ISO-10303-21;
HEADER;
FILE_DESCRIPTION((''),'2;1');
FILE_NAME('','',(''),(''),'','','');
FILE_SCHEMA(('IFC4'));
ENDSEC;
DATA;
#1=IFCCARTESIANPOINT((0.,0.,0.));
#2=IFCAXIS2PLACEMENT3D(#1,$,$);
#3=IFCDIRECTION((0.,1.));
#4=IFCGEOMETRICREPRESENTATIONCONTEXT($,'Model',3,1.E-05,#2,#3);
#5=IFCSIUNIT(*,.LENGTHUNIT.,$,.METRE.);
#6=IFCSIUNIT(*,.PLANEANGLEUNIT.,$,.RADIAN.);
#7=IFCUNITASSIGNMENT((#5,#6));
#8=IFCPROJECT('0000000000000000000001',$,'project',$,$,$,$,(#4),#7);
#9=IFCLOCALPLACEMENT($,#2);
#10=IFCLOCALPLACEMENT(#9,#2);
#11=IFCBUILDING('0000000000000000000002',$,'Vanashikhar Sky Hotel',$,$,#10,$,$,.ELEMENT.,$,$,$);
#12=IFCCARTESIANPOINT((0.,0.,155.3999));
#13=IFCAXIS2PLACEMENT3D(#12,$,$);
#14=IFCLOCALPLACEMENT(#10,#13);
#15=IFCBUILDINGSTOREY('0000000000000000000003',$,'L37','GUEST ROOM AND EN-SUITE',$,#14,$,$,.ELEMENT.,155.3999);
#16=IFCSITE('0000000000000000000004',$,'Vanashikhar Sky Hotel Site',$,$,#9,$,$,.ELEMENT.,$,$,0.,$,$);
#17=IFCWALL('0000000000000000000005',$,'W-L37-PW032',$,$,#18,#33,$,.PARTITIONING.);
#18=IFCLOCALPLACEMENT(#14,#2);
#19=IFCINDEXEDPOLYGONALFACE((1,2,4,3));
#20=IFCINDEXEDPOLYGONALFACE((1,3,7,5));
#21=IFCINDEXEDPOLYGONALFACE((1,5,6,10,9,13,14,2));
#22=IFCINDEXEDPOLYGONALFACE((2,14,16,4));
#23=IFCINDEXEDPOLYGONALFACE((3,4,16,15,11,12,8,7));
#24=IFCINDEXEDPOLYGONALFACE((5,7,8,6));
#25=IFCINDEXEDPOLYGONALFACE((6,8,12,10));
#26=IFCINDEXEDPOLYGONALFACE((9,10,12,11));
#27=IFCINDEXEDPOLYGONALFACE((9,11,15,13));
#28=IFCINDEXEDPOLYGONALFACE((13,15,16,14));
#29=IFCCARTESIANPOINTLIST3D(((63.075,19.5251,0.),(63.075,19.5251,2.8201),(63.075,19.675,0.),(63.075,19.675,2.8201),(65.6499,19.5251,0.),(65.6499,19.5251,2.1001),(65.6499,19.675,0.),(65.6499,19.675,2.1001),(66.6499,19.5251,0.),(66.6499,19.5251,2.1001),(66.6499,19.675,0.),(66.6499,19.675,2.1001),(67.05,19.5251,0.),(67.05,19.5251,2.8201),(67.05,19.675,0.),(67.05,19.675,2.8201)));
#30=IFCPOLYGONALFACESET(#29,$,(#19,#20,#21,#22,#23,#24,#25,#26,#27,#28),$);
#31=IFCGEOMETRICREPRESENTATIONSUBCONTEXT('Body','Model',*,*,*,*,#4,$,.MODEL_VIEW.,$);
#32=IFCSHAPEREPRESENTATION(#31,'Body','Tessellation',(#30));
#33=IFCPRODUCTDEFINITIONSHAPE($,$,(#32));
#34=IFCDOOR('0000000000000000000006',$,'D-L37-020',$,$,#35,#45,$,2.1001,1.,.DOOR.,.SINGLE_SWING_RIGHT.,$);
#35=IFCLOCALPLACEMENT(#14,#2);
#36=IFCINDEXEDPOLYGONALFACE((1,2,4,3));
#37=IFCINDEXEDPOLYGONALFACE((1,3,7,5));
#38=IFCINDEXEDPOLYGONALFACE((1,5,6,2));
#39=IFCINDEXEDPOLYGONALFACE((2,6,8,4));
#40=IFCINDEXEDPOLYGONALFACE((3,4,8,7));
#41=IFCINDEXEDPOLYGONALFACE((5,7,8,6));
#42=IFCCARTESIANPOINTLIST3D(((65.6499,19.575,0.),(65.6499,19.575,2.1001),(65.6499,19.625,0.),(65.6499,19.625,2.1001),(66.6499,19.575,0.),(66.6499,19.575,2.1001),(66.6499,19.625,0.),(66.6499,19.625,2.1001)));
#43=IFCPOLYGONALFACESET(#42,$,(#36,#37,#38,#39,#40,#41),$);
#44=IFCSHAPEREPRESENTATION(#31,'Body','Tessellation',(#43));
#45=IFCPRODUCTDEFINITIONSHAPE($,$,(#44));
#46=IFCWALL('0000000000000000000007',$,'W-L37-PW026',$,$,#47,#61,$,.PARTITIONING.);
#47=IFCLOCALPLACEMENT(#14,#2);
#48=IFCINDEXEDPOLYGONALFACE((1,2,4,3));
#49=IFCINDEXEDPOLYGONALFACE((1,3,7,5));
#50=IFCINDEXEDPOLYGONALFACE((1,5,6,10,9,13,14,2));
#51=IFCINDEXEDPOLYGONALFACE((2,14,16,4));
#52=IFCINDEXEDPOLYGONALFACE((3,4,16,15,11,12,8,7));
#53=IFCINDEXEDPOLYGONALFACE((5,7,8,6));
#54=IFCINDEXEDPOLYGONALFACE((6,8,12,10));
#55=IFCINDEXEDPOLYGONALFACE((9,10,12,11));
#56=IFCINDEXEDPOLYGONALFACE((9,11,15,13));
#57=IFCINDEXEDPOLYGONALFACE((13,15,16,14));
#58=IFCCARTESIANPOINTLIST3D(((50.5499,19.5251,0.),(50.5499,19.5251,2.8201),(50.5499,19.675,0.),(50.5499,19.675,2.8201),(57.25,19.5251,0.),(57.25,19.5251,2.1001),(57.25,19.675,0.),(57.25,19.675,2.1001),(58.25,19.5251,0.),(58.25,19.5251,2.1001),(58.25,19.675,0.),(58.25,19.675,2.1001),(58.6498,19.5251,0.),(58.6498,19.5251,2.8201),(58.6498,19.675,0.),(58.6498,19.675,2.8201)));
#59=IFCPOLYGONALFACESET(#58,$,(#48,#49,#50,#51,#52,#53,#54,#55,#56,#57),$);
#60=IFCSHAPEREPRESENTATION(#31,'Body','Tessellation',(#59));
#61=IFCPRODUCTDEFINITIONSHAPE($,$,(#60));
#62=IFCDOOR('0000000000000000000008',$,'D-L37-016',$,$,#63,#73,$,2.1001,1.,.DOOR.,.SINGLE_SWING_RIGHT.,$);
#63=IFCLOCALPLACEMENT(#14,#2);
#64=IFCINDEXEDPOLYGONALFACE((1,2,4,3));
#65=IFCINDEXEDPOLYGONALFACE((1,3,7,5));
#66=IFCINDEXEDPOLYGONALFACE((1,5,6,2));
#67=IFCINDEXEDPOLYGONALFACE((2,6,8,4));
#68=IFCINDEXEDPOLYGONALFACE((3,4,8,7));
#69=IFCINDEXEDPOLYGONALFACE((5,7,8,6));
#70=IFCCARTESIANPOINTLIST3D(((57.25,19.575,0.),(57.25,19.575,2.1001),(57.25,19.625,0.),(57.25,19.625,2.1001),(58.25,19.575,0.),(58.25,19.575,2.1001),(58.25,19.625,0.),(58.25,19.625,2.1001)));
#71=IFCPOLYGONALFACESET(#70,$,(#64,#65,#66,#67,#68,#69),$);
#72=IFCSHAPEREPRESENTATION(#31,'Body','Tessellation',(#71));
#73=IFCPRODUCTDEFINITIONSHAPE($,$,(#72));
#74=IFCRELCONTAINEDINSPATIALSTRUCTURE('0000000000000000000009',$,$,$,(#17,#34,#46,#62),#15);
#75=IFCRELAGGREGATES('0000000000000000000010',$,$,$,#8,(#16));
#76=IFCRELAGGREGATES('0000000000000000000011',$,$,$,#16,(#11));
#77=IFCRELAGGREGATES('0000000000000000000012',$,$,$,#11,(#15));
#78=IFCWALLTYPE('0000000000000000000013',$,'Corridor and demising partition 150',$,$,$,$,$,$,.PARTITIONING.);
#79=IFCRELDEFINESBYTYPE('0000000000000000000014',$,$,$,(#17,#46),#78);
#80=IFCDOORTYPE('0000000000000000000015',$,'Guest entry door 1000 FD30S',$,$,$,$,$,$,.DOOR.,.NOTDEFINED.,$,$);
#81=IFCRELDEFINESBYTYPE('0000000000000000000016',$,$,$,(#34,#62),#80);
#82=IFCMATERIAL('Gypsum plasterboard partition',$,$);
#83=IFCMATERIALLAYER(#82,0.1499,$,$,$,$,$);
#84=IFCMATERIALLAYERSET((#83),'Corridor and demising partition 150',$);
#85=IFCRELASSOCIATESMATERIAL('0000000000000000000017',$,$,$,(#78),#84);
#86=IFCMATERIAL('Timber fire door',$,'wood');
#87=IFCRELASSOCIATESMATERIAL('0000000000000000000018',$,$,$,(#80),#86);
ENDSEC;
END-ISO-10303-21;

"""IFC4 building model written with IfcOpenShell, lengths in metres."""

from ifc_helpers import new_model, si_unit, direction, frame, frame_2d, origin, place, context, subcontext, project, spatial, rectangle, extrude, source, transform, mapped, material, layer, layer_set, type_object, element, fill, save


model = new_model("IFC4")

# Units and contexts
model_context = context("Model", 3, precision=1e-05, world=origin(), true_north=direction((0.0, 1.0)))
body_context = subcontext(model_context, "Body", "Model", "MODEL_VIEW")
ifc_project = project(units=[si_unit("LENGTHUNIT", "METRE"), si_unit("PLANEANGLEUNIT", "RADIAN")], contexts=[model_context])

# Site, building, storey
site_placement = place(None, origin())
site = spatial("IfcSite", under=ifc_project, at=site_placement, Name="Vanashikhar Sky Hotel Site", CompositionType="ELEMENT", RefElevation=0.0)
building_placement = place(site_placement, origin())
building = spatial("IfcBuilding", under=site, at=building_placement, Name="Vanashikhar Sky Hotel", CompositionType="ELEMENT")
storey_placement = place(building_placement, frame((0.0, 0.0, 155.3999)))
storey = spatial("IfcBuildingStorey", under=building, at=storey_placement, Name="L37", Description="GUEST ROOM AND EN-SUITE", CompositionType="ELEMENT", Elevation=155.3999)

# Shared definitions
ifc_material_1 = material(Name="Gypsum plasterboard partition")

# Walls, openings, doors
ifc_layer_1 = layer(ifc_material_1, 0.1499)
ifc_layer_set_1 = layer_set([ifc_layer_1], Name="Corridor and demising partition 150")
wall_type_1 = type_object("IfcWallType", Name="Corridor and demising partition 150", PredefinedType="PARTITIONING", material=ifc_layer_set_1)
shared_shape_1 = source(origin(), body_context, "Body", "SweptSolid", [
    extrude(rectangle(XDim=1.0, YDim=2.1001, at=frame_2d((0.5, 1.05))), frame((0.0, 0.085, 0.0), z_axis=(0.0, -1.0, 0.0), x_axis=(1.0, 0.0, 0.0)), (0.0, 0.0, 1.0), 0.1699),
])
ifc_material_2 = material(Name="Timber fire door", Category="wood")
door_type_1 = type_object("IfcDoorType", Name="Guest entry door 1000 FD30S", OperationType="NOTDEFINED", PredefinedType="DOOR", material=ifc_material_2)
shared_shape_2 = source(origin(), body_context, "Body", "SweptSolid", [
    extrude(rectangle(XDim=1.0, YDim=2.1001, at=frame_2d((0.5, 1.05))), frame((0.0, 0.0249, 0.0), z_axis=(0.0, -1.0, 0.0), x_axis=(1.0, 0.0, 0.0)), (0.0, 0.0, 1.0), 0.05),
])
shared_shape_3 = source(origin(), body_context, "Body", "SweptSolid", [
    extrude(rectangle(XDim=3.9751, YDim=0.1499, at=frame_2d((1.9875, 0.0))), origin(), (0.0, 0.0, 1.0), 2.8201),
])
wall_1_placement = place(storey_placement, frame((63.075, 19.6001, 0.0), z_axis=(0.0, 0.0, 1.0), x_axis=(1.0, 0.0, 0.0)))
wall_1 = element("IfcWall", 1, at=wall_1_placement, inside=storey, type_object=wall_type_1, Name="W-L37-PW032", PredefinedType="PARTITIONING", context=body_context, shape_type="MappedRepresentation", body=[
    mapped(shared_shape_3, transform((0.0, 0.0, 0.0), scale=1.0)),
])
opening_1_placement = place(wall_1_placement, frame((2.575, 0.0, 0.0)))
opening_1 = element("IfcOpeningElement", 2, at=opening_1_placement, cuts=wall_1, PredefinedType="OPENING", context=body_context, shape_type="MappedRepresentation", body=[
    mapped(shared_shape_1, transform((0.0, 0.0, 0.0), scale=1.0)),
])
door_1_placement = place(opening_1_placement, origin())
door_1 = element("IfcDoor", 3, at=door_1_placement, inside=storey, type_object=door_type_1, Name="D-L37-020", OperationType="SINGLE_SWING_RIGHT", OverallHeight=2.1001, OverallWidth=1.0, PredefinedType="DOOR", context=body_context, shape_type="MappedRepresentation", body=[
    mapped(shared_shape_2, transform((0.0, 0.0, 0.0), scale=1.0)),
])
fill(opening_1, door_1)
shared_shape_4 = source(origin(), body_context, "Body", "SweptSolid", [
    extrude(rectangle(XDim=8.0999, YDim=0.1499, at=frame_2d((4.0498, 0.0))), origin(), (0.0, 0.0, 1.0), 2.8201),
])
wall_2_placement = place(storey_placement, frame((50.55, 19.6001, 0.0), z_axis=(0.0, 0.0, 1.0), x_axis=(1.0, 0.0, 0.0)))
wall_2 = element("IfcWall", 4, at=wall_2_placement, inside=storey, type_object=wall_type_1, Name="W-L37-PW026", PredefinedType="PARTITIONING", context=body_context, shape_type="MappedRepresentation", body=[
    mapped(shared_shape_4, transform((0.0, 0.0, 0.0), scale=1.0)),
])
opening_2_placement = place(wall_2_placement, frame((6.7, 0.0, 0.0)))
opening_2 = element("IfcOpeningElement", 5, at=opening_2_placement, cuts=wall_2, PredefinedType="OPENING", context=body_context, shape_type="MappedRepresentation", body=[
    mapped(shared_shape_1, transform((0.0, 0.0, 0.0), scale=1.0)),
])
door_2_placement = place(opening_2_placement, origin())
door_2 = element("IfcDoor", 6, at=door_2_placement, inside=storey, type_object=door_type_1, Name="D-L37-016", OperationType="SINGLE_SWING_RIGHT", OverallHeight=2.1001, OverallWidth=1.0, PredefinedType="DOOR", context=body_context, shape_type="MappedRepresentation", body=[
    mapped(shared_shape_2, transform((0.0, 0.0, 0.0), scale=1.0)),
])
fill(opening_2, door_2)

save(model, "model.ifc")
